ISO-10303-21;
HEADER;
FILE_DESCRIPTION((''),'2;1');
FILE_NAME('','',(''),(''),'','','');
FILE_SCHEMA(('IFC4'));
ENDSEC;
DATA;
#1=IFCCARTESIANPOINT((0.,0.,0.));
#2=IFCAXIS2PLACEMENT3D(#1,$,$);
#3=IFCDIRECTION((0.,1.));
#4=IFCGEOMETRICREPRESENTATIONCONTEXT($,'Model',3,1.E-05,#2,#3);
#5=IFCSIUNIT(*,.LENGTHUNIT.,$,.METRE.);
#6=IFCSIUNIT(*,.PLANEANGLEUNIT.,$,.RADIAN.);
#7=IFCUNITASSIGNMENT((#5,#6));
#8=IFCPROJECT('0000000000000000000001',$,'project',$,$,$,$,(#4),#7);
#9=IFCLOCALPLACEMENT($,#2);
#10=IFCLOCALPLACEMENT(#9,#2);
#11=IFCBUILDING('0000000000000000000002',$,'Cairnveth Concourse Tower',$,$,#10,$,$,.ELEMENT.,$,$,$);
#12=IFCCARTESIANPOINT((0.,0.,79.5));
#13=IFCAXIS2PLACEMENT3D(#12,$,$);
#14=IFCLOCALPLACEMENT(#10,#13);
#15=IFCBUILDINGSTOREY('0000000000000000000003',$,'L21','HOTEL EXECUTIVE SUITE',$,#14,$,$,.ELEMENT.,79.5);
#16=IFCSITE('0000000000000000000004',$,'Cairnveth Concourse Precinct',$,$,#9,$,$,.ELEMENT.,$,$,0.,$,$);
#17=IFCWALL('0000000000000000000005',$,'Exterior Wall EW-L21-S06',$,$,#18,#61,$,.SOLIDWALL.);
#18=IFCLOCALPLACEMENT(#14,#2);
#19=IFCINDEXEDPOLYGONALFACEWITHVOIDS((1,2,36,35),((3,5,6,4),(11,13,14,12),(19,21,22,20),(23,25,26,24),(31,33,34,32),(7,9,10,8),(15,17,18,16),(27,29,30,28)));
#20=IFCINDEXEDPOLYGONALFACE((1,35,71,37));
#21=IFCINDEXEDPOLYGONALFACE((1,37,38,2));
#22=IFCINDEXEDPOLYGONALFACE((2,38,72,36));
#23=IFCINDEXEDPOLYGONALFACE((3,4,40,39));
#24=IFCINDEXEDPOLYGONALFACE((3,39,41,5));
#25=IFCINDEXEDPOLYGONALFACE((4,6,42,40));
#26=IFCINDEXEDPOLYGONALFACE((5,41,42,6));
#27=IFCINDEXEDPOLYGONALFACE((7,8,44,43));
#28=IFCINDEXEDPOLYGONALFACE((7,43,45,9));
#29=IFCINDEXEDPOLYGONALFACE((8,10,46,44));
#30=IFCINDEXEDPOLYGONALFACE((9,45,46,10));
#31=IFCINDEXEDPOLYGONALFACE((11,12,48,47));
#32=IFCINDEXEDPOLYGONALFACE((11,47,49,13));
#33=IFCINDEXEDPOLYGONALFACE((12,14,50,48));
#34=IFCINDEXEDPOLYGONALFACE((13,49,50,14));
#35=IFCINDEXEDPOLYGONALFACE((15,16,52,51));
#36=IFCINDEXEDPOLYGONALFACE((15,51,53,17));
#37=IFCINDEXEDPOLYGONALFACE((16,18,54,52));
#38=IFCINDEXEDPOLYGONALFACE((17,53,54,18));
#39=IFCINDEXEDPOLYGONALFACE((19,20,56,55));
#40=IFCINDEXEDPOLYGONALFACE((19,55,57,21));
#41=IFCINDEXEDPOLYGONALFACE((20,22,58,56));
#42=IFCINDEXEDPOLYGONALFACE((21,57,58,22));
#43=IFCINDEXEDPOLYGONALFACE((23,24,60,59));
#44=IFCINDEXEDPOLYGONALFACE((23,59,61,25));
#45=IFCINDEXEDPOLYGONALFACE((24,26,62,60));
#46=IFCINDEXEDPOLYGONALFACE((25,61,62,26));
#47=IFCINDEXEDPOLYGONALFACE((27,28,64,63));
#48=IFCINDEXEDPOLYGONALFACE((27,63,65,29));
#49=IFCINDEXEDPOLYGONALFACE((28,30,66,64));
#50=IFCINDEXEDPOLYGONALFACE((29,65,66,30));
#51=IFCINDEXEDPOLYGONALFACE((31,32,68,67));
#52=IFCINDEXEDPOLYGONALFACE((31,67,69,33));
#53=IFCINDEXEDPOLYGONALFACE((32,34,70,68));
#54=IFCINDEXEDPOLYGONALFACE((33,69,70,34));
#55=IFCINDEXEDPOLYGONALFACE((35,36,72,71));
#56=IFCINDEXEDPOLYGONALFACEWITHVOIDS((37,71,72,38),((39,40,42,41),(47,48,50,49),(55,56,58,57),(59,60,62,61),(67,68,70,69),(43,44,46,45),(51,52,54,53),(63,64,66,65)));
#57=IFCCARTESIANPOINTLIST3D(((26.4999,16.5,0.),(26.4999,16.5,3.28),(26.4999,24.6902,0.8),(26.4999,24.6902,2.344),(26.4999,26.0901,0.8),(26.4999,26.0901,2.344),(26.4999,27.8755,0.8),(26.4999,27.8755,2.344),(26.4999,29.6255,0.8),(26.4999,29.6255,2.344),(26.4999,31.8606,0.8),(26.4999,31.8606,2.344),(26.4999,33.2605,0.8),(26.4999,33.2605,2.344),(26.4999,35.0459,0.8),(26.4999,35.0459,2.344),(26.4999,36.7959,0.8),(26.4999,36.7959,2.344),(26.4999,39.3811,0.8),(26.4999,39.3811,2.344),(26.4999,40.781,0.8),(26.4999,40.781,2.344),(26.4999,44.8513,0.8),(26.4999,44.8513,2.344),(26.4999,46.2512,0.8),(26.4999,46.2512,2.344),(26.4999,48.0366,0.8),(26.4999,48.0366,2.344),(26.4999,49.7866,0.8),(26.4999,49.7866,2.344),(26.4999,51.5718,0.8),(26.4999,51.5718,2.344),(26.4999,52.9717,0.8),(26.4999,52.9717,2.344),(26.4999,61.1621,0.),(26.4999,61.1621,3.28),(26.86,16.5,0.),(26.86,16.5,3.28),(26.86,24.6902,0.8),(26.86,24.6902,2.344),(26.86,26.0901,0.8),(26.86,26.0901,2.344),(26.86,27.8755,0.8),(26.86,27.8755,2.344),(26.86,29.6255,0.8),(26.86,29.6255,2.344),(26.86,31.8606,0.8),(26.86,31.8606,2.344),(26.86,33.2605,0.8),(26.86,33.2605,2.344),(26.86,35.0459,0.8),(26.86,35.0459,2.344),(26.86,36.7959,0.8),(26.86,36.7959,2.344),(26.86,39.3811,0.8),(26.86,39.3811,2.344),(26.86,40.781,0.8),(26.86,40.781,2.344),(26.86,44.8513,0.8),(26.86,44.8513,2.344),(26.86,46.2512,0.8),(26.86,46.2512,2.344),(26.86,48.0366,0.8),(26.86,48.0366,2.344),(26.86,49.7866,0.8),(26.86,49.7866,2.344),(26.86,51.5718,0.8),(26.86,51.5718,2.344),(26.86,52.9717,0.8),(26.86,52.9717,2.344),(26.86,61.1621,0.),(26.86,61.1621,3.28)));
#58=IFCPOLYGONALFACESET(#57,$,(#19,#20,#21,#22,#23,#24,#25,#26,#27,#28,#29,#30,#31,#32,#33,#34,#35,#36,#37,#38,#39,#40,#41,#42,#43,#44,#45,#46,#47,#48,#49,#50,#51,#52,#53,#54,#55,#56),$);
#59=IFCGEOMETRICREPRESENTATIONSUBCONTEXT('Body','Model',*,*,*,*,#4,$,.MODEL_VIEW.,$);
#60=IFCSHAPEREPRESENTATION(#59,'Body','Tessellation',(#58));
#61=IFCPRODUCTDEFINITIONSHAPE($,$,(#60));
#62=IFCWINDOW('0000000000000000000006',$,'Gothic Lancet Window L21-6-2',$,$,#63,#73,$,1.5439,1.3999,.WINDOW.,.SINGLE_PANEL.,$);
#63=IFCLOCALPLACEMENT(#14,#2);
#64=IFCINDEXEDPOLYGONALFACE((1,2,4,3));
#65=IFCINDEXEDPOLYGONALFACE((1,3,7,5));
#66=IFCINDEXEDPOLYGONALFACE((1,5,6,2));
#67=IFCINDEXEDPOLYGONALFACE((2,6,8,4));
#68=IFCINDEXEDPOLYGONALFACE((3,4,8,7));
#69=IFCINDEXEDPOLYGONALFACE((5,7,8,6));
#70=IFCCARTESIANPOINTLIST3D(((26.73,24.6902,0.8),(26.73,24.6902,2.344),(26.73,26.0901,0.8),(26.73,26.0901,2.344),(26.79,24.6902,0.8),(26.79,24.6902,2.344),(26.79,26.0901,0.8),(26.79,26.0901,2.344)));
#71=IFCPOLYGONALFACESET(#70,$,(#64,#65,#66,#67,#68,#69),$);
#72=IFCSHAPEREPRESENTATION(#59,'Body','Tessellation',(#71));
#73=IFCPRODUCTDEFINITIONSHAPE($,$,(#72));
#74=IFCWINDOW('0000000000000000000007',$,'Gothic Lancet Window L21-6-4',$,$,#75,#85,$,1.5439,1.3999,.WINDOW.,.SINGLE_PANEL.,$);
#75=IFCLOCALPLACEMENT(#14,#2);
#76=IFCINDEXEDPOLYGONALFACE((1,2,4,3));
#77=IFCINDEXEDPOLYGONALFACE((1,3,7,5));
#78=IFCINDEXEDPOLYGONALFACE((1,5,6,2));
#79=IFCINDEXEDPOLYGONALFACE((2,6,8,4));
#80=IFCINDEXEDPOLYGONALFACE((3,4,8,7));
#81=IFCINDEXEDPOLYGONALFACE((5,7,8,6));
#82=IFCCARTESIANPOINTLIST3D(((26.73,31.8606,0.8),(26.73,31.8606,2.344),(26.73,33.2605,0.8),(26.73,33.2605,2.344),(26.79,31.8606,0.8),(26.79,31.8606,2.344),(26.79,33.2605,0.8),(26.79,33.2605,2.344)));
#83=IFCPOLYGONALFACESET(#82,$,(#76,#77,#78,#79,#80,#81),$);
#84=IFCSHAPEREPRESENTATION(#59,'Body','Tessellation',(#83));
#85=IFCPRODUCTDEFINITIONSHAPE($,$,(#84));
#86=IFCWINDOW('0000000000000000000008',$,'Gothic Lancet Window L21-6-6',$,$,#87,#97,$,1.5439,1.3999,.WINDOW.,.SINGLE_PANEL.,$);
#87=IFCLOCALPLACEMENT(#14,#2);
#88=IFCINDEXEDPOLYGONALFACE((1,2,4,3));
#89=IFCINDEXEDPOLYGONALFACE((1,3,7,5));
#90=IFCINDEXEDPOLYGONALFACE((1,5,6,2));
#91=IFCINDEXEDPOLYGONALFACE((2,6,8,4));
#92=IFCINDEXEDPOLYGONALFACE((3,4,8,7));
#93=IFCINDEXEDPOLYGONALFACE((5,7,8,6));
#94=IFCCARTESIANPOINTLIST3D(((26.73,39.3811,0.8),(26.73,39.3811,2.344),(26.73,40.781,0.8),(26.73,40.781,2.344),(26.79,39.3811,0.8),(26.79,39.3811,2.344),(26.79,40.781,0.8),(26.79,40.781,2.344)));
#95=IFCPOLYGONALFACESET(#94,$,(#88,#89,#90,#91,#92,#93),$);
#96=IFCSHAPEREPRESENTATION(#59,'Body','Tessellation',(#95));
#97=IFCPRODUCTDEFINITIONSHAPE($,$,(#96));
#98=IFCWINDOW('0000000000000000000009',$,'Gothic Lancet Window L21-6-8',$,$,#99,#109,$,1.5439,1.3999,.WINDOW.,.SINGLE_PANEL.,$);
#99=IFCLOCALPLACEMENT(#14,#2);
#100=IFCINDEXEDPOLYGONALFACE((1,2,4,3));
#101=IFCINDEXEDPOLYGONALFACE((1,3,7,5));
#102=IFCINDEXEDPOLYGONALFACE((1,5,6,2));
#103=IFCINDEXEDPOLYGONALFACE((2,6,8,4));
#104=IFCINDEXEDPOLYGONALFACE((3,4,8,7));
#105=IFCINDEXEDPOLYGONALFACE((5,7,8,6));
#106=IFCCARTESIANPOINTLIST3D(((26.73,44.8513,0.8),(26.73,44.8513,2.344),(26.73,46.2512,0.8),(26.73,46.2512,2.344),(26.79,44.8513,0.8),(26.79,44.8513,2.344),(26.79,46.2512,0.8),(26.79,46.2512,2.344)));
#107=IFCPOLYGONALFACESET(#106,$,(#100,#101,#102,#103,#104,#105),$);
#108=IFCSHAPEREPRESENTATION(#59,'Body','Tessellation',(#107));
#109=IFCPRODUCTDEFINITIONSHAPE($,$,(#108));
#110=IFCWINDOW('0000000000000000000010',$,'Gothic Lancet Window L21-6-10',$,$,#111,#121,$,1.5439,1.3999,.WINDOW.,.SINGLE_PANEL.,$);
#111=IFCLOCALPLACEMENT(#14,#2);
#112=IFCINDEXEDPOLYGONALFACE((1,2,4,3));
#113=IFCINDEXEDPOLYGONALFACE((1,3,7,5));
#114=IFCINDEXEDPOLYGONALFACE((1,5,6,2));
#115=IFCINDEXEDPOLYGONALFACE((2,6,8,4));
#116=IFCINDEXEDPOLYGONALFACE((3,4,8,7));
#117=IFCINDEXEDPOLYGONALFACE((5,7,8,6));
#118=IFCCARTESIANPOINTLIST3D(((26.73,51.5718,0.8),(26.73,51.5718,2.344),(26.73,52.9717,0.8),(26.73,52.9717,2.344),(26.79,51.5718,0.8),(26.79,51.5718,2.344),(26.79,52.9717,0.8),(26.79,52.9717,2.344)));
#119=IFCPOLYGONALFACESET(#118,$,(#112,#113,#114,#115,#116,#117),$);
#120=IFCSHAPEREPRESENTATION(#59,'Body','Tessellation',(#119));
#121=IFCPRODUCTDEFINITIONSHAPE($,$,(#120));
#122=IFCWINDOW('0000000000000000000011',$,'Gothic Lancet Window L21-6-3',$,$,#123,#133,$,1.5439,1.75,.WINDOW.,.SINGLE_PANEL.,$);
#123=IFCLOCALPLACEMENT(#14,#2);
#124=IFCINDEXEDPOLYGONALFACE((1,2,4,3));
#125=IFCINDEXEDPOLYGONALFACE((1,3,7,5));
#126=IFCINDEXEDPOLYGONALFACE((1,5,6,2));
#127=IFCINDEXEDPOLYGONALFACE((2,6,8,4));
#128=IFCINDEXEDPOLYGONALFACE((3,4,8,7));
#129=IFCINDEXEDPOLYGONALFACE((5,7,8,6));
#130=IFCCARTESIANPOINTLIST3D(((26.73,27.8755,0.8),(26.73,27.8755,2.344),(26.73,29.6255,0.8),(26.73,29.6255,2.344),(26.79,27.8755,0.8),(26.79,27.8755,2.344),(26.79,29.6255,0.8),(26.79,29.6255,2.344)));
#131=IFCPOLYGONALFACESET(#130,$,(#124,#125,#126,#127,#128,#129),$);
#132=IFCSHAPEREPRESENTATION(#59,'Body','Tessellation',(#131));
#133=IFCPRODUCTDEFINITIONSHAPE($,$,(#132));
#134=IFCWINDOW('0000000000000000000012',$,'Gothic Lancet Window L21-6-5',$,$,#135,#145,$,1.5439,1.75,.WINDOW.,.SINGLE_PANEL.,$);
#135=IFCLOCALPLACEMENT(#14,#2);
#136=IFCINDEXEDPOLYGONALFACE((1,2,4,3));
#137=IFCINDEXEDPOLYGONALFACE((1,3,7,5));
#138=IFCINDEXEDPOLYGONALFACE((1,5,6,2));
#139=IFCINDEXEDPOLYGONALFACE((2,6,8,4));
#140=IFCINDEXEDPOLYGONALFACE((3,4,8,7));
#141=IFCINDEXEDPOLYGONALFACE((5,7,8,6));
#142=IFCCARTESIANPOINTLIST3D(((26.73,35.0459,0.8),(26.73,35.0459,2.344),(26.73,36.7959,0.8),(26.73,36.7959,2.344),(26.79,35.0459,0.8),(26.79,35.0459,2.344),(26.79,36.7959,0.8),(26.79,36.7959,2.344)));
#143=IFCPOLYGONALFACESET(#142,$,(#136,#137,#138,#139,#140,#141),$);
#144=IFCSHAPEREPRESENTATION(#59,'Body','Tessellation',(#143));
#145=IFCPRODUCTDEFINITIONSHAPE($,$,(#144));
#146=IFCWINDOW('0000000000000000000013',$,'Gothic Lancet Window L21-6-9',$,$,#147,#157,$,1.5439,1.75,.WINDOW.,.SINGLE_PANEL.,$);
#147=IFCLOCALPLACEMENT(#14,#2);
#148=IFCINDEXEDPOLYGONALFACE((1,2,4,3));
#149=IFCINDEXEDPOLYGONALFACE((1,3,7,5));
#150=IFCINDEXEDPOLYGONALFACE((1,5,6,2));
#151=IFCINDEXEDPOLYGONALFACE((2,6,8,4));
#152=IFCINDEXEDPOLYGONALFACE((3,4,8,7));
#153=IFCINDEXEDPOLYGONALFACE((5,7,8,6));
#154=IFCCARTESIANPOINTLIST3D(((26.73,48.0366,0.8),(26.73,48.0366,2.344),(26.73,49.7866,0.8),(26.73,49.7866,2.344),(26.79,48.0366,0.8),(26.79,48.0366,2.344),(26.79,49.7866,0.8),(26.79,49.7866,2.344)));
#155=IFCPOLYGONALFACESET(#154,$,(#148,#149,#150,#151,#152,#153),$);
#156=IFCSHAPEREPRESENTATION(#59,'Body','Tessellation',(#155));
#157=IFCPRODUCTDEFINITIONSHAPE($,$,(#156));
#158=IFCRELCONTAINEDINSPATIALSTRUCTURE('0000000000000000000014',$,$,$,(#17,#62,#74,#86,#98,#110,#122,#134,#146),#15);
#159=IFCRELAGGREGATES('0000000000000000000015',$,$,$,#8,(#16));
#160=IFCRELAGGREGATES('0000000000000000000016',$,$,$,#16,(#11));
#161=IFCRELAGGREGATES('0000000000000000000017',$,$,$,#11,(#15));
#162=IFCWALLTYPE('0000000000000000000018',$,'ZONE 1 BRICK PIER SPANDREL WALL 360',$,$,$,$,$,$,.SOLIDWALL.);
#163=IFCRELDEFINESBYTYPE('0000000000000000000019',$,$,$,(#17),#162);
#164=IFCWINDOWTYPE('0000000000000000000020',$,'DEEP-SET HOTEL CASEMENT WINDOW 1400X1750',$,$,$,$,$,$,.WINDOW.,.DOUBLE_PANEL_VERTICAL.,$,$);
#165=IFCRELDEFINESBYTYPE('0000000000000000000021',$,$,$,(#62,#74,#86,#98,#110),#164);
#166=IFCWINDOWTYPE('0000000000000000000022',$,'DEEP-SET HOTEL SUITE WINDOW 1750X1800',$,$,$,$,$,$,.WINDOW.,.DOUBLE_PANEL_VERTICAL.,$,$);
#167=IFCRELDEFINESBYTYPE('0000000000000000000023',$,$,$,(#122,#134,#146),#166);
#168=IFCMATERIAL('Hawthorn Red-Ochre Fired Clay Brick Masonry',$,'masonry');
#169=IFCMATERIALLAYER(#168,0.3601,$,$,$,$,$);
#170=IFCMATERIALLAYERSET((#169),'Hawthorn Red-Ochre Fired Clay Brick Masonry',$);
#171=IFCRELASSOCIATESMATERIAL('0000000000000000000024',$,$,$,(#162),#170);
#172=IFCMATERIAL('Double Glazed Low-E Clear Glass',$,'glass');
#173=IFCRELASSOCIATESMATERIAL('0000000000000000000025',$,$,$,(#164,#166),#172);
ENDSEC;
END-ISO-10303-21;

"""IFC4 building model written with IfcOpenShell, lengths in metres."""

from ifc_helpers import new_model, si_unit, direction, frame, frame_2d, origin, place, context, subcontext, project, spatial, rectangle, extrude, material, layer, layer_set, type_object, element, fill, save


model = new_model("IFC4")

# Units and contexts
model_context = context("Model", 3, precision=1e-05, world=origin(), true_north=direction((0.0, 1.0)))
body_context = subcontext(model_context, "Body", "Model", "MODEL_VIEW")
ifc_project = project(units=[si_unit("LENGTHUNIT", "METRE"), si_unit("PLANEANGLEUNIT", "RADIAN")], contexts=[model_context])

# Site, building, storey
site_placement = place(None, origin())
site = spatial("IfcSite", under=ifc_project, at=site_placement, Name="Cairnveth Concourse Precinct", CompositionType="ELEMENT", RefElevation=0.0)
building_placement = place(site_placement, origin())
building = spatial("IfcBuilding", under=site, at=building_placement, Name="Cairnveth Concourse Tower", CompositionType="ELEMENT")
storey_placement = place(building_placement, frame((0.0, 0.0, 79.5)))
storey = spatial("IfcBuildingStorey", under=building, at=storey_placement, Name="L21", Description="HOTEL EXECUTIVE SUITE", CompositionType="ELEMENT", Elevation=79.5)

# Shared definitions
ifc_material_1 = material(Name="Hawthorn Red-Ochre Fired Clay Brick Masonry", Category="masonry")
ifc_layer_1 = layer(ifc_material_1, 0.3601)
ifc_layer_set_1 = layer_set([ifc_layer_1], Name="Hawthorn Red-Ochre Fired Clay Brick Masonry")
wall_type = type_object("IfcWallType", Name="ZONE 1 BRICK PIER SPANDREL WALL 360", PredefinedType="SOLIDWALL", material=ifc_layer_set_1)

# Wall, openings, windows
wall_1_placement = place(storey_placement, frame((26.6799, 16.5, 0.0), z_axis=(0.0, 0.0, 1.0), x_axis=(0.0, 1.0, 0.0)))
wall_1 = element("IfcWall", 1, at=wall_1_placement, inside=storey, type_object=wall_type, Name="Exterior Wall EW-L21-S06", PredefinedType="SOLIDWALL", context=body_context, shape_type="SweptSolid", body=[
    extrude(rectangle(XDim=44.6621, YDim=0.3601, at=frame_2d((22.3311, 0.0))), origin(), (0.0, 0.0, 1.0), 3.28),
])
opening_1_placement = place(wall_1_placement, frame((8.1902, 0.0, 0.8)))
opening_1 = element("IfcOpeningElement", 2, at=opening_1_placement, cuts=wall_1, PredefinedType="OPENING", context=body_context, shape_type="SweptSolid", body=[
    extrude(rectangle(XDim=1.3999, YDim=1.5439, at=frame_2d((0.7, 0.772))), frame((0.0, 0.1899, 0.0), z_axis=(0.0, -1.0, 0.0), x_axis=(1.0, 0.0, 0.0)), (0.0, 0.0, 1.0), 0.3801),
])
opening_2_placement = place(wall_1_placement, frame((11.3755, 0.0, 0.8)))
opening_2 = element("IfcOpeningElement", 3, at=opening_2_placement, cuts=wall_1, PredefinedType="OPENING", context=body_context, shape_type="SweptSolid", body=[
    extrude(rectangle(XDim=1.75, YDim=1.5439, at=frame_2d((0.875, 0.772))), frame((0.0, 0.1899, 0.0), z_axis=(0.0, -1.0, 0.0), x_axis=(1.0, 0.0, 0.0)), (0.0, 0.0, 1.0), 0.3801),
])
opening_3_placement = place(wall_1_placement, frame((15.3606, 0.0, 0.8)))
opening_3 = element("IfcOpeningElement", 4, at=opening_3_placement, cuts=wall_1, PredefinedType="OPENING", context=body_context, shape_type="SweptSolid", body=[
    extrude(rectangle(XDim=1.3999, YDim=1.5439, at=frame_2d((0.7, 0.772))), frame((0.0, 0.1899, 0.0), z_axis=(0.0, -1.0, 0.0), x_axis=(1.0, 0.0, 0.0)), (0.0, 0.0, 1.0), 0.3801),
])
opening_4_placement = place(wall_1_placement, frame((18.5459, 0.0, 0.8)))
opening_4 = element("IfcOpeningElement", 5, at=opening_4_placement, cuts=wall_1, PredefinedType="OPENING", context=body_context, shape_type="SweptSolid", body=[
    extrude(rectangle(XDim=1.75, YDim=1.5439, at=frame_2d((0.875, 0.772))), frame((0.0, 0.1899, 0.0), z_axis=(0.0, -1.0, 0.0), x_axis=(1.0, 0.0, 0.0)), (0.0, 0.0, 1.0), 0.3801),
])
opening_5_placement = place(wall_1_placement, frame((22.8811, 0.0, 0.8)))
opening_5 = element("IfcOpeningElement", 6, at=opening_5_placement, cuts=wall_1, PredefinedType="OPENING", context=body_context, shape_type="SweptSolid", body=[
    extrude(rectangle(XDim=1.3999, YDim=1.5439, at=frame_2d((0.7, 0.772))), frame((0.0, 0.1899, 0.0), z_axis=(0.0, -1.0, 0.0), x_axis=(1.0, 0.0, 0.0)), (0.0, 0.0, 1.0), 0.3801),
])
opening_6_placement = place(wall_1_placement, frame((28.3513, 0.0, 0.8)))
opening_6 = element("IfcOpeningElement", 7, at=opening_6_placement, cuts=wall_1, PredefinedType="OPENING", context=body_context, shape_type="SweptSolid", body=[
    extrude(rectangle(XDim=1.3999, YDim=1.5439, at=frame_2d((0.7, 0.772))), frame((0.0, 0.1899, 0.0), z_axis=(0.0, -1.0, 0.0), x_axis=(1.0, 0.0, 0.0)), (0.0, 0.0, 1.0), 0.3801),
])
opening_7_placement = place(wall_1_placement, frame((31.5366, 0.0, 0.8)))
opening_7 = element("IfcOpeningElement", 8, at=opening_7_placement, cuts=wall_1, PredefinedType="OPENING", context=body_context, shape_type="SweptSolid", body=[
    extrude(rectangle(XDim=1.75, YDim=1.5439, at=frame_2d((0.875, 0.772))), frame((0.0, 0.1899, 0.0), z_axis=(0.0, -1.0, 0.0), x_axis=(1.0, 0.0, 0.0)), (0.0, 0.0, 1.0), 0.3801),
])
opening_8_placement = place(wall_1_placement, frame((35.0718, 0.0, 0.8)))
opening_8 = element("IfcOpeningElement", 9, at=opening_8_placement, cuts=wall_1, PredefinedType="OPENING", context=body_context, shape_type="SweptSolid", body=[
    extrude(rectangle(XDim=1.3999, YDim=1.5439, at=frame_2d((0.7, 0.772))), frame((0.0, 0.1899, 0.0), z_axis=(0.0, -1.0, 0.0), x_axis=(1.0, 0.0, 0.0)), (0.0, 0.0, 1.0), 0.3801),
])
ifc_material_2 = material(Name="Double Glazed Low-E Clear Glass", Category="glass")
window_type_1 = type_object("IfcWindowType", Name="DEEP-SET HOTEL CASEMENT WINDOW 1400X1750", PartitioningType="DOUBLE_PANEL_VERTICAL", PredefinedType="WINDOW", material=ifc_material_2)
window_1_placement = place(opening_1_placement, origin())
window_1 = element("IfcWindow", 10, at=window_1_placement, inside=storey, type_object=window_type_1, Name="Gothic Lancet Window L21-6-2", OverallHeight=1.5439, OverallWidth=1.3999, PartitioningType="SINGLE_PANEL", PredefinedType="WINDOW", context=body_context, shape_type="SweptSolid", body=[
    extrude(rectangle(XDim=1.3999, YDim=1.5439, at=frame_2d((0.7, 0.772))), frame((0.0, -0.05, 0.0), z_axis=(0.0, -1.0, 0.0), x_axis=(1.0, 0.0, 0.0)), (0.0, 0.0, 1.0), 0.0601),
])
fill(opening_1, window_1)
window_2_placement = place(opening_3_placement, origin())
window_2 = element("IfcWindow", 11, at=window_2_placement, inside=storey, type_object=window_type_1, Name="Gothic Lancet Window L21-6-4", OverallHeight=1.5439, OverallWidth=1.3999, PartitioningType="SINGLE_PANEL", PredefinedType="WINDOW", context=body_context, shape_type="SweptSolid", body=[
    extrude(rectangle(XDim=1.3999, YDim=1.5439, at=frame_2d((0.7, 0.772))), frame((0.0, -0.05, 0.0), z_axis=(0.0, -1.0, 0.0), x_axis=(1.0, 0.0, 0.0)), (0.0, 0.0, 1.0), 0.0601),
])
fill(opening_3, window_2)
window_3_placement = place(opening_5_placement, origin())
window_3 = element("IfcWindow", 12, at=window_3_placement, inside=storey, type_object=window_type_1, Name="Gothic Lancet Window L21-6-6", OverallHeight=1.5439, OverallWidth=1.3999, PartitioningType="SINGLE_PANEL", PredefinedType="WINDOW", context=body_context, shape_type="SweptSolid", body=[
    extrude(rectangle(XDim=1.3999, YDim=1.5439, at=frame_2d((0.7, 0.772))), frame((0.0, -0.05, 0.0), z_axis=(0.0, -1.0, 0.0), x_axis=(1.0, 0.0, 0.0)), (0.0, 0.0, 1.0), 0.0601),
])
fill(opening_5, window_3)
window_4_placement = place(opening_6_placement, origin())
window_4 = element("IfcWindow", 13, at=window_4_placement, inside=storey, type_object=window_type_1, Name="Gothic Lancet Window L21-6-8", OverallHeight=1.5439, OverallWidth=1.3999, PartitioningType="SINGLE_PANEL", PredefinedType="WINDOW", context=body_context, shape_type="SweptSolid", body=[
    extrude(rectangle(XDim=1.3999, YDim=1.5439, at=frame_2d((0.7, 0.772))), frame((0.0, -0.05, 0.0), z_axis=(0.0, -1.0, 0.0), x_axis=(1.0, 0.0, 0.0)), (0.0, 0.0, 1.0), 0.0601),
])
fill(opening_6, window_4)
window_5_placement = place(opening_8_placement, origin())
window_5 = element("IfcWindow", 14, at=window_5_placement, inside=storey, type_object=window_type_1, Name="Gothic Lancet Window L21-6-10", OverallHeight=1.5439, OverallWidth=1.3999, PartitioningType="SINGLE_PANEL", PredefinedType="WINDOW", context=body_context, shape_type="SweptSolid", body=[
    extrude(rectangle(XDim=1.3999, YDim=1.5439, at=frame_2d((0.7, 0.772))), frame((0.0, -0.05, 0.0), z_axis=(0.0, -1.0, 0.0), x_axis=(1.0, 0.0, 0.0)), (0.0, 0.0, 1.0), 0.0601),
])
fill(opening_8, window_5)
window_type_2 = type_object("IfcWindowType", Name="DEEP-SET HOTEL SUITE WINDOW 1750X1800", PartitioningType="DOUBLE_PANEL_VERTICAL", PredefinedType="WINDOW", material=ifc_material_2)
window_6_placement = place(opening_2_placement, origin())
window_6 = element("IfcWindow", 15, at=window_6_placement, inside=storey, type_object=window_type_2, Name="Gothic Lancet Window L21-6-3", OverallHeight=1.5439, OverallWidth=1.75, PartitioningType="SINGLE_PANEL", PredefinedType="WINDOW", context=body_context, shape_type="SweptSolid", body=[
    extrude(rectangle(XDim=1.75, YDim=1.5439, at=frame_2d((0.875, 0.772))), frame((0.0, -0.05, 0.0), z_axis=(0.0, -1.0, 0.0), x_axis=(1.0, 0.0, 0.0)), (0.0, 0.0, 1.0), 0.0601),
])
fill(opening_2, window_6)
window_7_placement = place(opening_4_placement, origin())
window_7 = element("IfcWindow", 16, at=window_7_placement, inside=storey, type_object=window_type_2, Name="Gothic Lancet Window L21-6-5", OverallHeight=1.5439, OverallWidth=1.75, PartitioningType="SINGLE_PANEL", PredefinedType="WINDOW", context=body_context, shape_type="SweptSolid", body=[
    extrude(rectangle(XDim=1.75, YDim=1.5439, at=frame_2d((0.875, 0.772))), frame((0.0, -0.05, 0.0), z_axis=(0.0, -1.0, 0.0), x_axis=(1.0, 0.0, 0.0)), (0.0, 0.0, 1.0), 0.0601),
])
fill(opening_4, window_7)
window_8_placement = place(opening_7_placement, origin())
window_8 = element("IfcWindow", 17, at=window_8_placement, inside=storey, type_object=window_type_2, Name="Gothic Lancet Window L21-6-9", OverallHeight=1.5439, OverallWidth=1.75, PartitioningType="SINGLE_PANEL", PredefinedType="WINDOW", context=body_context, shape_type="SweptSolid", body=[
    extrude(rectangle(XDim=1.75, YDim=1.5439, at=frame_2d((0.875, 0.772))), frame((0.0, -0.05, 0.0), z_axis=(0.0, -1.0, 0.0), x_axis=(1.0, 0.0, 0.0)), (0.0, 0.0, 1.0), 0.0601),
])
fill(opening_7, window_8)

save(model, "model.ifc")
